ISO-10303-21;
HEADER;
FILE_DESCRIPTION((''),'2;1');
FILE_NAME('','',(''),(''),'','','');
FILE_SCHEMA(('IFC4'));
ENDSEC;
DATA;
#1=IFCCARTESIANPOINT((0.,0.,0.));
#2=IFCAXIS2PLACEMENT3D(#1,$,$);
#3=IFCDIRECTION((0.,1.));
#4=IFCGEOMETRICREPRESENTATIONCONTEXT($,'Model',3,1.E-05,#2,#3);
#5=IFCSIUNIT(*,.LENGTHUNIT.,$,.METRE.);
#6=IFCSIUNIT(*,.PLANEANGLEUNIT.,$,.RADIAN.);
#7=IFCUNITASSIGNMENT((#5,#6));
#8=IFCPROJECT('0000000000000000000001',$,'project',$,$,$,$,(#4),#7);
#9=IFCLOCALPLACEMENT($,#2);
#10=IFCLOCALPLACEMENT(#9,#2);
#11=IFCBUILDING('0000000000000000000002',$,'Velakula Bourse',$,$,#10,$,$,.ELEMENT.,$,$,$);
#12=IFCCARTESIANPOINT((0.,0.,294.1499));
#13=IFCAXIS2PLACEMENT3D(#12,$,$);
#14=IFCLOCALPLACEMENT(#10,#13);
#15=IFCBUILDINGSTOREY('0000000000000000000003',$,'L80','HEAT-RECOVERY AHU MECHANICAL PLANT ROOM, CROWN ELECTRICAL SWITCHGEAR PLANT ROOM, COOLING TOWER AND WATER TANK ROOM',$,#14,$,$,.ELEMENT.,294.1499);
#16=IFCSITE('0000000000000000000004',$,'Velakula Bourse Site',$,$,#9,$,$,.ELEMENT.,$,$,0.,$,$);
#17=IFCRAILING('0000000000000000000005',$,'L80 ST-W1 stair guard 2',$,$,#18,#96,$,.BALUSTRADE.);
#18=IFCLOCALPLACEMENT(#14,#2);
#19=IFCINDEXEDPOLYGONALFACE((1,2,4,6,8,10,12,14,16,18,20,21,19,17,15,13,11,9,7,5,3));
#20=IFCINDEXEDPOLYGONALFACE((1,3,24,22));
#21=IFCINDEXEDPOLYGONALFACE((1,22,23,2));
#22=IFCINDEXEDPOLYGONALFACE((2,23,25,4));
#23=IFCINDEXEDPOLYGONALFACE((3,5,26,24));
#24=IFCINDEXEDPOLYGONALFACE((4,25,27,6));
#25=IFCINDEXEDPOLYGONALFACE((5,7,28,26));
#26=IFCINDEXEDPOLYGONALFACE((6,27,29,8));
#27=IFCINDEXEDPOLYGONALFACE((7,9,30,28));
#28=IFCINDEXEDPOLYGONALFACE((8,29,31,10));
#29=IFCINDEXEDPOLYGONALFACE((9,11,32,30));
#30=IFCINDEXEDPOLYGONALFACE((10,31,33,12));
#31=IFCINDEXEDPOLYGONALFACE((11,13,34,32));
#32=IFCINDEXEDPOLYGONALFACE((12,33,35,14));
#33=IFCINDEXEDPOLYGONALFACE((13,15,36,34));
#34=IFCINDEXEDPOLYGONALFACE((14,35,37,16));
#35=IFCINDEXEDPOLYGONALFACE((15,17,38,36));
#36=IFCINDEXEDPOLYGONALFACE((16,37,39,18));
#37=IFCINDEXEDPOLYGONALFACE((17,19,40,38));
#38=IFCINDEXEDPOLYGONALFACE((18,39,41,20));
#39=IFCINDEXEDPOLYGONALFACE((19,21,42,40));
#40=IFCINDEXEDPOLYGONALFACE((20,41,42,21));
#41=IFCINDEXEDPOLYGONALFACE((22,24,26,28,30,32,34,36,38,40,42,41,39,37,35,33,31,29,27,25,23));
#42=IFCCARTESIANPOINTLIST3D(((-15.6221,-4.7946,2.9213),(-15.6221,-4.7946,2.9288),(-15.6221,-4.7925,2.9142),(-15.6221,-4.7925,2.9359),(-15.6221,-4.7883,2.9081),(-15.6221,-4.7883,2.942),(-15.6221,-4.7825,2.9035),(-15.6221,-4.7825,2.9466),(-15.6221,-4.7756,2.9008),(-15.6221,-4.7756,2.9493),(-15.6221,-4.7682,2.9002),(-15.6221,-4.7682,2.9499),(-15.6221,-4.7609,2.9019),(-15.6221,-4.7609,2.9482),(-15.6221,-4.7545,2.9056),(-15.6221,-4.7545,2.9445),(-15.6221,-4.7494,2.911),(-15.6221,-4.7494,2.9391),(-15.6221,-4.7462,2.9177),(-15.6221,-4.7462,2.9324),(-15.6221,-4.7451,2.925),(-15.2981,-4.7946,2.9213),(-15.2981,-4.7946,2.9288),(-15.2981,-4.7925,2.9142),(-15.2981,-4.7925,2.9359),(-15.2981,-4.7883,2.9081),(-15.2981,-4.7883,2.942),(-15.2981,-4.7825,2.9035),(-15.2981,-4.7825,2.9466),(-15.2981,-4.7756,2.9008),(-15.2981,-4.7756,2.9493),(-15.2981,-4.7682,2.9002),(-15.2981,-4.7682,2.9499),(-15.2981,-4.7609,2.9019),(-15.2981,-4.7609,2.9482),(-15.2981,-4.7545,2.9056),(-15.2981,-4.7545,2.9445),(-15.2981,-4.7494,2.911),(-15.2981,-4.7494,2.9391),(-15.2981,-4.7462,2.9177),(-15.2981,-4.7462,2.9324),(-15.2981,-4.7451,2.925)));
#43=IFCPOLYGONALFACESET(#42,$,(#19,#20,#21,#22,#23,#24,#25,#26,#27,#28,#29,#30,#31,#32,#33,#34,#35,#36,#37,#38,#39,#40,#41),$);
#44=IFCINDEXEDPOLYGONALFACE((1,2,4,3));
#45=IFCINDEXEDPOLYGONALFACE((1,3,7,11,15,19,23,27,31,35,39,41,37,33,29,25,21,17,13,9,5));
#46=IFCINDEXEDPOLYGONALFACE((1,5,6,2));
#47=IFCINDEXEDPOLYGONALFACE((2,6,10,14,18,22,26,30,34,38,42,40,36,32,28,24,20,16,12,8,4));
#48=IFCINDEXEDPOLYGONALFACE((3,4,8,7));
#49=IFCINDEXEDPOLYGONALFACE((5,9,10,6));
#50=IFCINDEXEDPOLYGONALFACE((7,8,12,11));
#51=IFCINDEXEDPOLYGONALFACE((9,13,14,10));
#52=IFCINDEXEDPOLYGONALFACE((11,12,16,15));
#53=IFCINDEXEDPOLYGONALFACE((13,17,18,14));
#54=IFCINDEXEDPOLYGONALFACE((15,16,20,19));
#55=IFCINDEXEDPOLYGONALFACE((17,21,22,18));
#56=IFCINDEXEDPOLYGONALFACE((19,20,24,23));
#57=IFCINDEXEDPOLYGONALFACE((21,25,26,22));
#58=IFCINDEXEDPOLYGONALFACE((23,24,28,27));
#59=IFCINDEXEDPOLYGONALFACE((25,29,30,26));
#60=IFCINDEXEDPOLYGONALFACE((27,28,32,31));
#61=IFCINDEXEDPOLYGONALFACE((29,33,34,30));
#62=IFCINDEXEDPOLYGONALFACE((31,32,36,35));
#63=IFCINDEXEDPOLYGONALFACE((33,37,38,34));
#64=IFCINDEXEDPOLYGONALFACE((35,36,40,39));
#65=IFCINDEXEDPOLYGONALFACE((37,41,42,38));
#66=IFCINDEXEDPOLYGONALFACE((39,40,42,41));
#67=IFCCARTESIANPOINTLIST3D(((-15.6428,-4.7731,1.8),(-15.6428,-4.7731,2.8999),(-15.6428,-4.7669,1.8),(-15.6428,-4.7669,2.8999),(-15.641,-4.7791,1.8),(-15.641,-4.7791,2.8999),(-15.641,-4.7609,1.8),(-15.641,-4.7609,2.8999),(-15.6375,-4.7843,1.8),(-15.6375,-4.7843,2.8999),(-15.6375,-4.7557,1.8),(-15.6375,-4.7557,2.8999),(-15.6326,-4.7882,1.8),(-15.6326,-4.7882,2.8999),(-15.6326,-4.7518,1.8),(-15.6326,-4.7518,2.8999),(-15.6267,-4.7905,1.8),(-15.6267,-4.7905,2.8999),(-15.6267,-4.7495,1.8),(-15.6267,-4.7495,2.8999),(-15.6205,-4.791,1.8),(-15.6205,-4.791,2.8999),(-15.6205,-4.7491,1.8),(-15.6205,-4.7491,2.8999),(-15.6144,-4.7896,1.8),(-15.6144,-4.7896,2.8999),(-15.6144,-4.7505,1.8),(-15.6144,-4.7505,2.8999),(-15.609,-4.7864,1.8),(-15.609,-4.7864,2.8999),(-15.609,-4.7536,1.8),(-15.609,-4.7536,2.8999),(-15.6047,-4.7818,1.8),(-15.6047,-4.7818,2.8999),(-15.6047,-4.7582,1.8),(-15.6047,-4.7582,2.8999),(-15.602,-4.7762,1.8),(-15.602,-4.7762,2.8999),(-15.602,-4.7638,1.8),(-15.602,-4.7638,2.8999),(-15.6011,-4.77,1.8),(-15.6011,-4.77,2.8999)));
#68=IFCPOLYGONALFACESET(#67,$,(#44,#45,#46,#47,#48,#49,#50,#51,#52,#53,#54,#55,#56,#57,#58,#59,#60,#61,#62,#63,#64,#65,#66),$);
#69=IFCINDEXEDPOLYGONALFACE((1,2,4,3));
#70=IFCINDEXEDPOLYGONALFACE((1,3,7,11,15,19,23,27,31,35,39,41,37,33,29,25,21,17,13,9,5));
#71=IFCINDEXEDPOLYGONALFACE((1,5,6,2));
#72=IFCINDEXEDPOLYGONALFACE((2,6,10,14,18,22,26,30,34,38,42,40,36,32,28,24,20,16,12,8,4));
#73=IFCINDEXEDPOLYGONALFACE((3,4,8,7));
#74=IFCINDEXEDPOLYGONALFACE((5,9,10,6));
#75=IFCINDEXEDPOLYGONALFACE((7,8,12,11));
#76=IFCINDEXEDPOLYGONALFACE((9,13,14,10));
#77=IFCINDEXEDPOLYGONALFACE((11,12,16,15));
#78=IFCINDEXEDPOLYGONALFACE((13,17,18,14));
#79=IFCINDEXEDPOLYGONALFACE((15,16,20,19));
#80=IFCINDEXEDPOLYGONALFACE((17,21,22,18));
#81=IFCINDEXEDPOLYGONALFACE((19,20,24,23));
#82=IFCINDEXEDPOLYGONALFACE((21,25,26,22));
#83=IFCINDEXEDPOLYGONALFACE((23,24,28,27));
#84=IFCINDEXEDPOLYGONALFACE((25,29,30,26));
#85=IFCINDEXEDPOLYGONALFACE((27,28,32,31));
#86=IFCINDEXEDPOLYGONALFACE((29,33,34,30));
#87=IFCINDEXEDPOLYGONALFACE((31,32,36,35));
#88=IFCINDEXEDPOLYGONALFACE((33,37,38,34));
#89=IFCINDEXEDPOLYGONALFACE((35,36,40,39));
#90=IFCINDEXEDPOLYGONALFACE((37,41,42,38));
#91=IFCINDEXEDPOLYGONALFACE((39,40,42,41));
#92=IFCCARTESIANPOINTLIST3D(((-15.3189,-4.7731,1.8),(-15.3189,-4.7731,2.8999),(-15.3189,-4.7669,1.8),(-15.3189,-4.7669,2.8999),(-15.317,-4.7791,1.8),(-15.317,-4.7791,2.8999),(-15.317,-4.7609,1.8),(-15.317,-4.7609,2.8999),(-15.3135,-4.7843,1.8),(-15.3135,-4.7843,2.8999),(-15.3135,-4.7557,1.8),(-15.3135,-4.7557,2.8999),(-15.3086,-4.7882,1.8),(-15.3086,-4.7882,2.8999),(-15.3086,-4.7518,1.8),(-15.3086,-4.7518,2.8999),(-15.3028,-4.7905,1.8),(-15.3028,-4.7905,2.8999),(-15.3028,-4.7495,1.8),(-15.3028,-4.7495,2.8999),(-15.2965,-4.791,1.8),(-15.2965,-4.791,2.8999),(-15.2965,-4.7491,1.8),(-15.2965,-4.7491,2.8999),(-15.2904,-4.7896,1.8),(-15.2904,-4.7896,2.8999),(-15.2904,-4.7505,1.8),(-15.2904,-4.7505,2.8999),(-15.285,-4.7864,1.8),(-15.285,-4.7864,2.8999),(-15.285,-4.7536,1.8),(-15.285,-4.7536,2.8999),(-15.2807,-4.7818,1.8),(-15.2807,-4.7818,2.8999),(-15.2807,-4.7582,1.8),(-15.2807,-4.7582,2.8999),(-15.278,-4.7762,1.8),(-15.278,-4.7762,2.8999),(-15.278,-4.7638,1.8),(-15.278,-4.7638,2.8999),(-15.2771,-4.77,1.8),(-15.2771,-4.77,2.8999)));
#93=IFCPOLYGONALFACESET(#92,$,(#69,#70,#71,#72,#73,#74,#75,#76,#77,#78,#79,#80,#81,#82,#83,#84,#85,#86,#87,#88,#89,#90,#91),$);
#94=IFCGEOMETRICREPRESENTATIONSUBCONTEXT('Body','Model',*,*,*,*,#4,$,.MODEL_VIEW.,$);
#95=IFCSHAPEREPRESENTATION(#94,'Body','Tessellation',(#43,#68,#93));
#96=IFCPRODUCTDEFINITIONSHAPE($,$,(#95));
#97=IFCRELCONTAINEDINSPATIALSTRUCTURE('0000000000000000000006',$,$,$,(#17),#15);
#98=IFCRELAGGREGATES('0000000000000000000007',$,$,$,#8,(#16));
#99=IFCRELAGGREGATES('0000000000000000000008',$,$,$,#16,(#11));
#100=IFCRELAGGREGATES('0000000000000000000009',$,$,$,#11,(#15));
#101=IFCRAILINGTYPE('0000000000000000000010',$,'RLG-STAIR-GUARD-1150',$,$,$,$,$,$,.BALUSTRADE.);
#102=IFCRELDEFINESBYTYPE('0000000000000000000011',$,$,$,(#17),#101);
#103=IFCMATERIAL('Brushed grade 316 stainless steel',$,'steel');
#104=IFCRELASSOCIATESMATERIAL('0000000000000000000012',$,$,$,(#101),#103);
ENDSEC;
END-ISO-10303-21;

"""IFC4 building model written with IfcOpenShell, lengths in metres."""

from ifc_helpers import new_model, si_unit, direction, frame, origin, origin_2d, place, context, subcontext, project, spatial, circle, extrude, material, type_object, element, save


model = new_model("IFC4")

# Units and contexts
model_context = context("Model", 3, precision=1e-05, world=origin(), true_north=direction((0.0, 1.0)))
body_context = subcontext(model_context, "Body", "Model", "MODEL_VIEW")
ifc_project = project(units=[si_unit("LENGTHUNIT", "METRE"), si_unit("PLANEANGLEUNIT", "RADIAN")], contexts=[model_context])

# Site, building, storey
site_placement = place(None, origin())
site = spatial("IfcSite", under=ifc_project, at=site_placement, Name="Velakula Bourse Site", CompositionType="ELEMENT", RefElevation=0.0)
building_placement = place(site_placement, origin())
building = spatial("IfcBuilding", under=site, at=building_placement, Name="Velakula Bourse", CompositionType="ELEMENT")
storey_placement = place(building_placement, frame((0.0, 0.0, 294.1499)))
storey = spatial("IfcBuildingStorey", under=building, at=storey_placement, Name="L80", Description="HEAT-RECOVERY AHU MECHANICAL PLANT ROOM, CROWN ELECTRICAL SWITCHGEAR PLANT ROOM, COOLING TOWER AND WATER TANK ROOM", CompositionType="ELEMENT", Elevation=294.1499)

# Shared definitions
ifc_material_1 = material(Name="Brushed grade 316 stainless steel", Category="steel")

# Railing
railing_type_1 = type_object("IfcRailingType", Name="RLG-STAIR-GUARD-1150", PredefinedType="BALUSTRADE", material=ifc_material_1)
railing_1_placement = place(storey_placement, frame((-15.6221, -4.77, 1.8)))
element("IfcRailing", 1, at=railing_1_placement, inside=storey, type_object=railing_type_1, Name="L80 ST-W1 stair guard 2", PredefinedType="BALUSTRADE", context=body_context, shape_type="SweptSolid", body=[
    extrude(circle(Radius=0.0249, at=origin_2d()), frame((0.0, 0.0, 1.125), z_axis=(1.0, 0.0, 0.0), x_axis=(0.0, 1.0, 0.0)), (0.0, 0.0, 1.0), 0.324),
    extrude(circle(Radius=0.021, at=origin_2d()), origin(), (0.0, 0.0, 1.0), 1.0999),
    extrude(circle(Radius=0.021, at=origin_2d()), frame((0.324, 0.0, 0.0)), (0.0, 0.0, 1.0), 1.0999),
])

save(model, "model.ifc")
